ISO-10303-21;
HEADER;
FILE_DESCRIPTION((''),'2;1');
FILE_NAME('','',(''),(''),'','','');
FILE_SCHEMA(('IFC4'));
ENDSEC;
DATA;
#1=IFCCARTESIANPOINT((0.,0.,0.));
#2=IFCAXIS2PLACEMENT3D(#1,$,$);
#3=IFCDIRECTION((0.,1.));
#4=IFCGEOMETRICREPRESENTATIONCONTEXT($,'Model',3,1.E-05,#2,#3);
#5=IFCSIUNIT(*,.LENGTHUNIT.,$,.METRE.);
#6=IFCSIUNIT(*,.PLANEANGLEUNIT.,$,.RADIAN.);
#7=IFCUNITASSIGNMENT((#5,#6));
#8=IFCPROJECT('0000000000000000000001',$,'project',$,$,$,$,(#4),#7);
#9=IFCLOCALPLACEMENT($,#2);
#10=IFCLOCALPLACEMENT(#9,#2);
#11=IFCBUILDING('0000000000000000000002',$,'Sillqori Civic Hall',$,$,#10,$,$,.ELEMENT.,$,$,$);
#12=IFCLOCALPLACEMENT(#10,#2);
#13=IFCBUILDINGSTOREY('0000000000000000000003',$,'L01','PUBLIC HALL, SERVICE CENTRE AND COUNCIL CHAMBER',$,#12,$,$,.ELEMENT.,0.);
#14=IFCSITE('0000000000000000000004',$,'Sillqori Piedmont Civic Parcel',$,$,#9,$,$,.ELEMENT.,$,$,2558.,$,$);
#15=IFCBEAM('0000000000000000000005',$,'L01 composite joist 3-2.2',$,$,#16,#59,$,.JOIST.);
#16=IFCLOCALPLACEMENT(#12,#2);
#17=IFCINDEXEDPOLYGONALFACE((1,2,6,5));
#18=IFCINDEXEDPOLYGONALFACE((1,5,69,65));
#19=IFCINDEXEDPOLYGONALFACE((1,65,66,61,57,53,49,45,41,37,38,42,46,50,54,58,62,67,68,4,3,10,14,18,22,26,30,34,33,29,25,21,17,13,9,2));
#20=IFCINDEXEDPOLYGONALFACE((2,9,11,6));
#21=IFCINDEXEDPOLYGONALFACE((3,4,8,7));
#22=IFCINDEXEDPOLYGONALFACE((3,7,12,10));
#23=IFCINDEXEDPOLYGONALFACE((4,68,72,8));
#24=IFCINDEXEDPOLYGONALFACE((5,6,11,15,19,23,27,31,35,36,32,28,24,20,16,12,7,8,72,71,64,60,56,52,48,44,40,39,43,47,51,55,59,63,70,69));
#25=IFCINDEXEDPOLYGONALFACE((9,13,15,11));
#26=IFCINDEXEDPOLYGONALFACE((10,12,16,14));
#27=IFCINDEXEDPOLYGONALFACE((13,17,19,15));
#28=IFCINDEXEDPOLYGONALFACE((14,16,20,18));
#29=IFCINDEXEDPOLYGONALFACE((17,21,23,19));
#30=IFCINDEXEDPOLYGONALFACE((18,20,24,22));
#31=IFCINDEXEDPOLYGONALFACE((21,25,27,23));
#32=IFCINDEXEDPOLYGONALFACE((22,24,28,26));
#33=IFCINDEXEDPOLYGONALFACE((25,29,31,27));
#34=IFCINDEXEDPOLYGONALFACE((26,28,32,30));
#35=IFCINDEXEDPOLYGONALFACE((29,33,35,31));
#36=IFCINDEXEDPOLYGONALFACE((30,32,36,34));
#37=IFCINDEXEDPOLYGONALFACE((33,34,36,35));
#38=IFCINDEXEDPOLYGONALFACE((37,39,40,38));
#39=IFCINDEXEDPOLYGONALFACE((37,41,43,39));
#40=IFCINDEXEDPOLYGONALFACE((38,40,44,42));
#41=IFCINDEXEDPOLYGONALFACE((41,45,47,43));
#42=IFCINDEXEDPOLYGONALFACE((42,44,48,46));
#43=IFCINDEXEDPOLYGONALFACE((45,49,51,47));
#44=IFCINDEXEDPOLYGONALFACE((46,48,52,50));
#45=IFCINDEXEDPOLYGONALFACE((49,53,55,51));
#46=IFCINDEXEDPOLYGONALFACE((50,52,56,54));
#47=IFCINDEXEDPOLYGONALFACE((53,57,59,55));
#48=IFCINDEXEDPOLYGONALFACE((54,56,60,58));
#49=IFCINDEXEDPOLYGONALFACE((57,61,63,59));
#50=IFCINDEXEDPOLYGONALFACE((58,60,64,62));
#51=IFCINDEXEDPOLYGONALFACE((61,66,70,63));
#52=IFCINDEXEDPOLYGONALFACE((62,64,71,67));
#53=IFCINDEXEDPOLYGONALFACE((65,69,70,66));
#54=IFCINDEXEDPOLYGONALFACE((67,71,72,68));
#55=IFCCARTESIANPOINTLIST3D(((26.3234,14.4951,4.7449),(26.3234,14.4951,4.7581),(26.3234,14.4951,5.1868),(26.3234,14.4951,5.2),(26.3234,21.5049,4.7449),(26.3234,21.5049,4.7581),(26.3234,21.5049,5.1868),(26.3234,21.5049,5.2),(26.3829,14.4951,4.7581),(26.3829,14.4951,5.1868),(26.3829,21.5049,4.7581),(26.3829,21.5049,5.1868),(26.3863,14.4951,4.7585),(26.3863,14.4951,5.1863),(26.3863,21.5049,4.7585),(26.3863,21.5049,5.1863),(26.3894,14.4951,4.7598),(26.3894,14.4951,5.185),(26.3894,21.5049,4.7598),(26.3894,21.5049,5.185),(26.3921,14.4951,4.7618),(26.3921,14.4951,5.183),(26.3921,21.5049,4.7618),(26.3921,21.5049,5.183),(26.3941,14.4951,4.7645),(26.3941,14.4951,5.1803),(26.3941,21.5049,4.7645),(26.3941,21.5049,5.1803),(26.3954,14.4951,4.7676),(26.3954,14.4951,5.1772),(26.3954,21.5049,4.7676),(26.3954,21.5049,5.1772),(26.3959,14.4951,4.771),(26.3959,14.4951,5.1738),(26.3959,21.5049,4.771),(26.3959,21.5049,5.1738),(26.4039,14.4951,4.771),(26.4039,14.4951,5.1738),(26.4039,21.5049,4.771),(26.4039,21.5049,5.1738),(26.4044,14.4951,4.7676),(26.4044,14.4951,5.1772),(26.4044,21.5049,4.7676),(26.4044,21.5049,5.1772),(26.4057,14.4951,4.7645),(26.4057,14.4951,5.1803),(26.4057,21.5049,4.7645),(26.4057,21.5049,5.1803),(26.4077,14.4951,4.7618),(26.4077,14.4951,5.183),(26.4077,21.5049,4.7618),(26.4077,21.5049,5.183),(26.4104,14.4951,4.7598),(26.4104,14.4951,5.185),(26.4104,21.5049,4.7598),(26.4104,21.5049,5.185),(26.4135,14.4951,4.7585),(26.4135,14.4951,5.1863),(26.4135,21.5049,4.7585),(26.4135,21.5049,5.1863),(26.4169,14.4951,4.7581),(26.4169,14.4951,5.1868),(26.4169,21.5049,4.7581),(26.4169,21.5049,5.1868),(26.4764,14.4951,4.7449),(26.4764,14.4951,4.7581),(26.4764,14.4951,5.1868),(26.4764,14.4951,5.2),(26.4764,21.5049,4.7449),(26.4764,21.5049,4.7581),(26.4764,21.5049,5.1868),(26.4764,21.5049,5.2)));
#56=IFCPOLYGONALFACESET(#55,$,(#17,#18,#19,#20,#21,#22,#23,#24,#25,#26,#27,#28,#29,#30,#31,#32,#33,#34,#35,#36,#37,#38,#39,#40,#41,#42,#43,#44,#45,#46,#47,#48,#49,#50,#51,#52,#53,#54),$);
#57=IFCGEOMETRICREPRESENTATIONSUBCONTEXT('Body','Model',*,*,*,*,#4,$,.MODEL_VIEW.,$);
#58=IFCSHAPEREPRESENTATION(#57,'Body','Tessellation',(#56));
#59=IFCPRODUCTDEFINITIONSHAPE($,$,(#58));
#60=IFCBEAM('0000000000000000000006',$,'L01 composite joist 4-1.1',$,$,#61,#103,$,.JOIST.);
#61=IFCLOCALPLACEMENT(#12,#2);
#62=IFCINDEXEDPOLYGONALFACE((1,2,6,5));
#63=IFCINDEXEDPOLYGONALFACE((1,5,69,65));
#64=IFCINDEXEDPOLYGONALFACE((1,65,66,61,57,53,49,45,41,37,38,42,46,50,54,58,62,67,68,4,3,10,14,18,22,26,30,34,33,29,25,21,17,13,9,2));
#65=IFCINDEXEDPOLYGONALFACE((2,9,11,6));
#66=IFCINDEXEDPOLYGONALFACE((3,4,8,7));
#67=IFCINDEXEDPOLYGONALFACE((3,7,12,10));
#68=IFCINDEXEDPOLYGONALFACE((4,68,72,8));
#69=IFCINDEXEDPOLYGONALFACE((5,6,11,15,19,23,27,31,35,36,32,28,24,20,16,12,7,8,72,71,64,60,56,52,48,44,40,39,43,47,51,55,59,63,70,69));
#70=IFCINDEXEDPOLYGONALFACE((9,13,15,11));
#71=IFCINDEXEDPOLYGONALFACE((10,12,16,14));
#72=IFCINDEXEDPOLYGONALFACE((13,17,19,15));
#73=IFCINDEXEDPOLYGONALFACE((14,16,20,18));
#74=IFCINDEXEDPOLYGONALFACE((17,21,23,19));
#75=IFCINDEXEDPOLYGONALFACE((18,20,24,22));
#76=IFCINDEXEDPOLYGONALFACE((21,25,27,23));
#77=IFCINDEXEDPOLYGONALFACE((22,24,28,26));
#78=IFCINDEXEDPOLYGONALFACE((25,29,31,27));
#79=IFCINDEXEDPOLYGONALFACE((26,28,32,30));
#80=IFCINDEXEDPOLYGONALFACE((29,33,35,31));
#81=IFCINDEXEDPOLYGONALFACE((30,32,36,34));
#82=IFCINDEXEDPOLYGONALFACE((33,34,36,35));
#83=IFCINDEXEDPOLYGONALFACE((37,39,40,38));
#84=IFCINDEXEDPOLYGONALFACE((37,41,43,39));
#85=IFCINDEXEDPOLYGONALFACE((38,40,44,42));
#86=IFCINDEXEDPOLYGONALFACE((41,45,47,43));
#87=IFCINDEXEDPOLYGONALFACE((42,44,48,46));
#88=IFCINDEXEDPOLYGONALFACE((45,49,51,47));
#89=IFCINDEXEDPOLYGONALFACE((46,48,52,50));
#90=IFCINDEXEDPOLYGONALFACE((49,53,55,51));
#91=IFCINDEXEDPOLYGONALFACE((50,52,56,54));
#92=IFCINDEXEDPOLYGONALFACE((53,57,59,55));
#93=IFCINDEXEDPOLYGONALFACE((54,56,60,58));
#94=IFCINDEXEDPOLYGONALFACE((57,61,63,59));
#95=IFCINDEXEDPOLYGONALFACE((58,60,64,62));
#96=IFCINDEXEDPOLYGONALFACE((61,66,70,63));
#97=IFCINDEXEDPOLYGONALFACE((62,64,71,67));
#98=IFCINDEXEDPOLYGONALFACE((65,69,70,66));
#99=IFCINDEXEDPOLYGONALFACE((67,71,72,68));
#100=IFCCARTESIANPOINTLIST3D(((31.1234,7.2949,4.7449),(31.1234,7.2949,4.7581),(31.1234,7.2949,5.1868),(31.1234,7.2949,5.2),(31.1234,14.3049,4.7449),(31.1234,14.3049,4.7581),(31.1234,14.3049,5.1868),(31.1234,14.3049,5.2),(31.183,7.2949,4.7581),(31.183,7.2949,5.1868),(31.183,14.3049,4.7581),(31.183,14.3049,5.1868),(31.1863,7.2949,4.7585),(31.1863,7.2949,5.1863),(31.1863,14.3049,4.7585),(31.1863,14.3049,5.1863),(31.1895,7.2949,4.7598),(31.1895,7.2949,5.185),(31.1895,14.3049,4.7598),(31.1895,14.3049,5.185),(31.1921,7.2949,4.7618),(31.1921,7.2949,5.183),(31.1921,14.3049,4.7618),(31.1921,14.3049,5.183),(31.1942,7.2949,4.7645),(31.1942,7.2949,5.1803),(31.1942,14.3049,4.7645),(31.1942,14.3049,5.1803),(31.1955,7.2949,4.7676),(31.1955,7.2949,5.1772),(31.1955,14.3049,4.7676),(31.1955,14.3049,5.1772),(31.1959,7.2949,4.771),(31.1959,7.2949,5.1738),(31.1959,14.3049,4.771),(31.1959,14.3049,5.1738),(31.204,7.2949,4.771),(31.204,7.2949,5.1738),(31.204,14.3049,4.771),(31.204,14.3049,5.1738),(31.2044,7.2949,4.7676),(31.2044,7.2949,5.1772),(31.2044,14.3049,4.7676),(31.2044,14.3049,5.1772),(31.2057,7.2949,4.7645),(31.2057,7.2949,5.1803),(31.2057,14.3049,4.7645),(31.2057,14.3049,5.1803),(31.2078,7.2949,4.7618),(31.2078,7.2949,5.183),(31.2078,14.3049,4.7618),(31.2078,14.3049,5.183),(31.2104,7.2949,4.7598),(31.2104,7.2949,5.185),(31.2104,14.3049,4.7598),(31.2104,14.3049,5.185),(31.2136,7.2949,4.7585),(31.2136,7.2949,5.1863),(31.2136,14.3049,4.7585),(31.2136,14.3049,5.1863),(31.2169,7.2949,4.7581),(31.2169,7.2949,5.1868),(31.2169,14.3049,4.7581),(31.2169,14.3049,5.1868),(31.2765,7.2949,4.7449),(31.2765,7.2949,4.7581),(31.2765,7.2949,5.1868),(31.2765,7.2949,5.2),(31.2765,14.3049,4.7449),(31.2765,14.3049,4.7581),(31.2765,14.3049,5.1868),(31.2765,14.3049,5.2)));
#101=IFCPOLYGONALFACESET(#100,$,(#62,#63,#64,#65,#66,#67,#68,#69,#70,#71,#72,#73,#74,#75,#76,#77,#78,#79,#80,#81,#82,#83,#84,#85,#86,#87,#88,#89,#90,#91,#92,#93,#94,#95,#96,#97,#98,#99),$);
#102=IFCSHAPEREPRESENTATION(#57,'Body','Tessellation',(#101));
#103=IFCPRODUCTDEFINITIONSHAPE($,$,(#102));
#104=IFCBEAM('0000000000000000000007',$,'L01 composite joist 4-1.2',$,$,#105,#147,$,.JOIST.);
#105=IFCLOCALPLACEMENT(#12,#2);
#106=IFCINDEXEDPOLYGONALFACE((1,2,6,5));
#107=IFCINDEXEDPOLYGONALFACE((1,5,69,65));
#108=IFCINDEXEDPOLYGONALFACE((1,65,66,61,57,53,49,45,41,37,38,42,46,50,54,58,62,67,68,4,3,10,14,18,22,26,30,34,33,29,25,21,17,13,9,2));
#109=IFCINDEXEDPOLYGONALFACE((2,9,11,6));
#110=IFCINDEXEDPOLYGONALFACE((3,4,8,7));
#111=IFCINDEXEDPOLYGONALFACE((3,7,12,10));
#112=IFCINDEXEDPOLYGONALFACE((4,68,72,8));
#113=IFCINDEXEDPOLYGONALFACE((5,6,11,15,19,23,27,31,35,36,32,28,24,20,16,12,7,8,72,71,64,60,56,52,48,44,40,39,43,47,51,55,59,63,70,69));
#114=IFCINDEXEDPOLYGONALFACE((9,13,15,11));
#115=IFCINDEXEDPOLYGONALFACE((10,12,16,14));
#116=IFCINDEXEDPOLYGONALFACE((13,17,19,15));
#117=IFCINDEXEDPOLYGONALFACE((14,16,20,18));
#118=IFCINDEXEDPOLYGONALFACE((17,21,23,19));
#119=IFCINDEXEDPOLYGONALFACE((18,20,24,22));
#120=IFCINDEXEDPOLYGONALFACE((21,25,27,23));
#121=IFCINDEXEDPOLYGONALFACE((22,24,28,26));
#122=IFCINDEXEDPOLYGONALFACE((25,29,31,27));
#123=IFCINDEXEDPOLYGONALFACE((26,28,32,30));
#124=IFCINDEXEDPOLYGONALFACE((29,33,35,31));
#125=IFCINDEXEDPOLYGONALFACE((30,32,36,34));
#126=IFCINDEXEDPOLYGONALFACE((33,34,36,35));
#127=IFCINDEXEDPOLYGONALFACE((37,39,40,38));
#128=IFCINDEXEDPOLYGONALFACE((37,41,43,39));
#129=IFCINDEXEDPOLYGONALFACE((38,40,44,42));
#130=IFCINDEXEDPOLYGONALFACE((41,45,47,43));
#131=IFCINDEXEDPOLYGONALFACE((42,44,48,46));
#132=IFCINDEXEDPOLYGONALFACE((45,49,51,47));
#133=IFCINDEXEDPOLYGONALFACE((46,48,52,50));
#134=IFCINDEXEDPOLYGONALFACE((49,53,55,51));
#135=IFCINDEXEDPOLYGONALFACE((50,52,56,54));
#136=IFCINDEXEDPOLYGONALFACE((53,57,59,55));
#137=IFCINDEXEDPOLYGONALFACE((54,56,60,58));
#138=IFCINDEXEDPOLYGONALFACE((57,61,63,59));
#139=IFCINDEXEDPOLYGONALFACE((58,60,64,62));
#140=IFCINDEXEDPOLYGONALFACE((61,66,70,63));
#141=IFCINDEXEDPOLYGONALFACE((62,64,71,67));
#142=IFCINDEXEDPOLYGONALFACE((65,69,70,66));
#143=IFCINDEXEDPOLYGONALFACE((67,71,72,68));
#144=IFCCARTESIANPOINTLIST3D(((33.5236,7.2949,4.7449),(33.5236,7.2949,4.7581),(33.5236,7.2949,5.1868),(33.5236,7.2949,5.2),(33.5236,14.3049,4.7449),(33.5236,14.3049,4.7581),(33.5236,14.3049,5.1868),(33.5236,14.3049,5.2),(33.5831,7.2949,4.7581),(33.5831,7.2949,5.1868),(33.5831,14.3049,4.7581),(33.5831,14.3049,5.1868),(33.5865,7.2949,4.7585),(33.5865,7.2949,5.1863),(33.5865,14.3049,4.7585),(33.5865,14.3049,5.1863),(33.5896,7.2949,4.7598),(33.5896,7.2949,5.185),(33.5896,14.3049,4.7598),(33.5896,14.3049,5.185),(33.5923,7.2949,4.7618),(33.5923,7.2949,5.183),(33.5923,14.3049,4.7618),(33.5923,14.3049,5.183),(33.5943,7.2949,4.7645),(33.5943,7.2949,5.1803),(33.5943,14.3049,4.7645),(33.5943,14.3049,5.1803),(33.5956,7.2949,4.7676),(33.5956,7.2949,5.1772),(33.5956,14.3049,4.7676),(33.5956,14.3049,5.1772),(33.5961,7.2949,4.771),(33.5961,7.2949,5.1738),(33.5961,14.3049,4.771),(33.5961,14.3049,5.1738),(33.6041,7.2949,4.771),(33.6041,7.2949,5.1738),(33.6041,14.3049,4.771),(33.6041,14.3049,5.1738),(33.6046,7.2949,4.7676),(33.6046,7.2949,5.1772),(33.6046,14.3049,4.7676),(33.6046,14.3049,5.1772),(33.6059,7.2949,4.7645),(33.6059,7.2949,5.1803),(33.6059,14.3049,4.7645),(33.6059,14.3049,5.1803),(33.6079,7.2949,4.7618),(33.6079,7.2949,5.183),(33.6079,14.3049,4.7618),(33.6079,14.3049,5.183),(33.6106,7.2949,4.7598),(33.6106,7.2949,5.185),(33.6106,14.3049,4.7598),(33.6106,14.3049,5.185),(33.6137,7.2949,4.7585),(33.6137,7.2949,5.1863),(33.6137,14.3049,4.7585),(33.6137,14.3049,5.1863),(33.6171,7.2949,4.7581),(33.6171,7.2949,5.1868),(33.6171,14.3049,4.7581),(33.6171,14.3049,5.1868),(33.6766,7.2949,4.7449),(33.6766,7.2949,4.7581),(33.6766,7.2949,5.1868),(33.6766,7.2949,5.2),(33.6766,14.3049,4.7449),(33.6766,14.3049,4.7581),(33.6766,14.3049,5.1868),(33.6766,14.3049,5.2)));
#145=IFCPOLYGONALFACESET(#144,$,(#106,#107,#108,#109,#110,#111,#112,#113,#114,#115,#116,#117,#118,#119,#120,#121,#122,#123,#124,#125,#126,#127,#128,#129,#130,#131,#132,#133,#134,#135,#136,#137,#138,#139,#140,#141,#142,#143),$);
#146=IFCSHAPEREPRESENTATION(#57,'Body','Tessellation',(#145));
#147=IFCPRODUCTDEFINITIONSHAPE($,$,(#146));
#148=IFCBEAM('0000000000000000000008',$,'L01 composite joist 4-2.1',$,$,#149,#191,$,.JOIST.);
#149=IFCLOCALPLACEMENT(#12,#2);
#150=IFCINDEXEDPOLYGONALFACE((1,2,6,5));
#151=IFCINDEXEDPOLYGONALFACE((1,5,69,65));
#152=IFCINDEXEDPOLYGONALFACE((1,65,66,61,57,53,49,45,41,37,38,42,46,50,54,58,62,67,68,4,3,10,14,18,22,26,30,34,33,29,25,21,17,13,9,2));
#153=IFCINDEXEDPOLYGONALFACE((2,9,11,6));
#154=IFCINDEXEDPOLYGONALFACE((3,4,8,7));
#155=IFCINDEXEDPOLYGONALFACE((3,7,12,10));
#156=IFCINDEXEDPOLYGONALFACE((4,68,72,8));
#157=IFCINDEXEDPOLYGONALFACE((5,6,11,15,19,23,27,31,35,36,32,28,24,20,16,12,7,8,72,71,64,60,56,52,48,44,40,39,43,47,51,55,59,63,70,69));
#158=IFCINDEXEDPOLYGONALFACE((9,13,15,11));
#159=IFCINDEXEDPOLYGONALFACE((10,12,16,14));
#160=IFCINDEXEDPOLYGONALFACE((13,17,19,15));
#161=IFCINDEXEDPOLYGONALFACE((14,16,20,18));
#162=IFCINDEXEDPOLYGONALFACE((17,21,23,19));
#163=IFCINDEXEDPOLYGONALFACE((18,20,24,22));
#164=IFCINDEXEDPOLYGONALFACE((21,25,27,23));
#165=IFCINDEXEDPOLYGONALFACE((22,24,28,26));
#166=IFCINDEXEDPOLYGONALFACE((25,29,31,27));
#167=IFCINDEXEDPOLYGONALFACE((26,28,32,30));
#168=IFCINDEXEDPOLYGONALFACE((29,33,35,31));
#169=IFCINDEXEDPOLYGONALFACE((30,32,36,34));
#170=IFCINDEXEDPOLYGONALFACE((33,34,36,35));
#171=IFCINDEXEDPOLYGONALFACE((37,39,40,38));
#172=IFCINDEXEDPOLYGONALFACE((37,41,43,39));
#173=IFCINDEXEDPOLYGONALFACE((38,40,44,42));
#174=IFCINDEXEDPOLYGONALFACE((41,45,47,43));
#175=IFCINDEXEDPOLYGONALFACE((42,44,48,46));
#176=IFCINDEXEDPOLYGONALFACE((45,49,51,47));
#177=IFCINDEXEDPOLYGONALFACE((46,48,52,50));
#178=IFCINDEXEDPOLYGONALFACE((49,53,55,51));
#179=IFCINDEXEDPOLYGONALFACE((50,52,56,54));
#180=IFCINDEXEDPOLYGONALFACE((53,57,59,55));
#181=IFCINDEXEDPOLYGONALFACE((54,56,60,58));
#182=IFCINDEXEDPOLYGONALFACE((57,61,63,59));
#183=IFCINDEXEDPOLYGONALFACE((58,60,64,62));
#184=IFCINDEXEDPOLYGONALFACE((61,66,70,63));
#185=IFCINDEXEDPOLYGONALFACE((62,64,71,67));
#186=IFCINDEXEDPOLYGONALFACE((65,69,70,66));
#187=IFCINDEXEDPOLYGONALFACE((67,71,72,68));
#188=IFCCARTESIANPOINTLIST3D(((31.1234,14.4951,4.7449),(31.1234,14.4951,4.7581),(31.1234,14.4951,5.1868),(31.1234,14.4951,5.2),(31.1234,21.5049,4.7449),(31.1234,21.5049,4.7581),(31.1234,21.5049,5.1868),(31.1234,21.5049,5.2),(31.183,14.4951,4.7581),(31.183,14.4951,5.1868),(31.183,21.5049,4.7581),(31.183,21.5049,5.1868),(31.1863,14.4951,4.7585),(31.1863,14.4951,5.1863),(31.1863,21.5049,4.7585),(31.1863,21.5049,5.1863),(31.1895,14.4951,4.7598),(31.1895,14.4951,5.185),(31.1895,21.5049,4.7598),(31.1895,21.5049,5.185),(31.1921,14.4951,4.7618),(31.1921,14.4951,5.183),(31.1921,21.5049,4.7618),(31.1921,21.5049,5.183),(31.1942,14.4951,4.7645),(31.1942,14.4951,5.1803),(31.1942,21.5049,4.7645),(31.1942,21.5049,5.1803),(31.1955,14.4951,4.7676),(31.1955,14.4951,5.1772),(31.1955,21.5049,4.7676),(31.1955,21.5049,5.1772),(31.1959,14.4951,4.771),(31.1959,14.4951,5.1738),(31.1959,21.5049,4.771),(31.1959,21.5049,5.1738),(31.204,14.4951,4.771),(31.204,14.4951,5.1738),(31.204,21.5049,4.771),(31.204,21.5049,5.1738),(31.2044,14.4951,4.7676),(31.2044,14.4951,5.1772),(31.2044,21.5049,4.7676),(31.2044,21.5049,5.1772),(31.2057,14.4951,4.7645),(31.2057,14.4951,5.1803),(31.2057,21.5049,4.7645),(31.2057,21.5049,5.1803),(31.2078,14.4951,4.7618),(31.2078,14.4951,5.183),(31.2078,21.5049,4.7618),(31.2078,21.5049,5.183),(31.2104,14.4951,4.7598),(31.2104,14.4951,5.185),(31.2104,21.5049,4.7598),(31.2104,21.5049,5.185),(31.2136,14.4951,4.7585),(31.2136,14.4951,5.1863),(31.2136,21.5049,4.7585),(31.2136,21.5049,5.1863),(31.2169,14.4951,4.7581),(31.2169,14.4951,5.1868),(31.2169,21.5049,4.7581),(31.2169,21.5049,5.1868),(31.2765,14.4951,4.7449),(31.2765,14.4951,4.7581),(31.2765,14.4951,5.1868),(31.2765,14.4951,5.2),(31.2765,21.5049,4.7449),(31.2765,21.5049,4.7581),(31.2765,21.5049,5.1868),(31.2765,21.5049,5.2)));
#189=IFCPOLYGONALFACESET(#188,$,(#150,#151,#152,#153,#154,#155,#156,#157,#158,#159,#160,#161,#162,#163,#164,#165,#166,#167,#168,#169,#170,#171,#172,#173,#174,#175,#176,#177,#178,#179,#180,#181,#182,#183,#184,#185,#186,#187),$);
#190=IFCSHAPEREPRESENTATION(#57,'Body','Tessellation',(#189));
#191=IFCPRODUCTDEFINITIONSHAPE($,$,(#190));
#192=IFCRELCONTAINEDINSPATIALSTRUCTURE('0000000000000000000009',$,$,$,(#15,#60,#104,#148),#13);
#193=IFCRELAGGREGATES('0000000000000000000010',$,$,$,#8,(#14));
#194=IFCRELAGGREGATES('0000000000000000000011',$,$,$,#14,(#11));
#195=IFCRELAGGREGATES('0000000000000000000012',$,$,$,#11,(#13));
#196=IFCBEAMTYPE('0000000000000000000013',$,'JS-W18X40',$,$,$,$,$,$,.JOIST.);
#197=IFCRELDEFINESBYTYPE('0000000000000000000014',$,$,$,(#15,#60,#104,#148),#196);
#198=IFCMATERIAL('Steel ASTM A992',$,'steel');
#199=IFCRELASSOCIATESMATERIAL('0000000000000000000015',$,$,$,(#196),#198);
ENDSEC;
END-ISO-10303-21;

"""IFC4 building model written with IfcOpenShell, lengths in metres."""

from ifc_helpers import new_model, si_unit, direction, frame, origin, origin_2d, place, context, subcontext, project, spatial, i_section, extrude, material, material_profile, profile_set, type_object, element, save


model = new_model("IFC4")

# Units and contexts
model_context = context("Model", 3, precision=1e-05, world=origin(), true_north=direction((0.0, 1.0)))
body_context = subcontext(model_context, "Body", "Model", "MODEL_VIEW")
ifc_project = project(units=[si_unit("LENGTHUNIT", "METRE"), si_unit("PLANEANGLEUNIT", "RADIAN")], contexts=[model_context])

# Site, building, storey
site_placement = place(None, origin())
site = spatial("IfcSite", under=ifc_project, at=site_placement, Name="Sillqori Piedmont Civic Parcel", CompositionType="ELEMENT", RefElevation=2558.0)
building_placement = place(site_placement, origin())
building = spatial("IfcBuilding", under=site, at=building_placement, Name="Sillqori Civic Hall", CompositionType="ELEMENT")
storey_placement = place(building_placement, origin())
storey = spatial("IfcBuildingStorey", under=building, at=storey_placement, Name="L01", Description="PUBLIC HALL, SERVICE CENTRE AND COUNCIL CHAMBER", CompositionType="ELEMENT", Elevation=0.0)

# Shared definitions
ifc_material_1 = material(Name="Steel ASTM A992", Category="steel")

# Beams
ifc_material_profile_1 = material_profile(ifc_material_1, i_section(OverallWidth=0.1531, OverallDepth=0.4551, WebThickness=0.0081, FlangeThickness=0.0132, FilletRadius=0.0129, at=origin_2d()), Name="W18X40")
ifc_profile_set_1 = profile_set([ifc_material_profile_1], Name="Steel ASTM A992")
beam_type_1 = type_object("IfcBeamType", Name="JS-W18X40", PredefinedType="JOIST", material=ifc_profile_set_1)
for number, where, z_axis, x_axis, name in (
    (1, (26.3999, 14.4951, 4.9724), (0.0, 1.0, 0.0), (-1.0, 0.0, 0.0), "L01 composite joist 3-2.2"),
):
    element("IfcBeam", number, at=place(storey_placement, frame(where, z_axis=z_axis, x_axis=x_axis)), inside=storey, type_object=beam_type_1, Name=name, PredefinedType="JOIST", context=body_context, shape_type="SweptSolid", body=[
        extrude(i_section(OverallWidth=0.1531, OverallDepth=0.4551, WebThickness=0.0081, FlangeThickness=0.0132, FilletRadius=0.0129, at=origin_2d()), origin(), (0.0, 0.0, 1.0), 7.0098),
    ])
for number, where, z_axis, x_axis, name in (
    (2, (31.2, 7.2949, 4.9724), (0.0, 1.0, 0.0), (-1.0, 0.0, 0.0), "L01 composite joist 4-1.1"),
    (3, (33.6001, 7.2949, 4.9724), (0.0, 1.0, 0.0), (-1.0, 0.0, 0.0), "L01 composite joist 4-1.2"),
):
    element("IfcBeam", number, at=place(storey_placement, frame(where, z_axis=z_axis, x_axis=x_axis)), inside=storey, type_object=beam_type_1, Name=name, PredefinedType="JOIST", context=body_context, shape_type="SweptSolid", body=[
        extrude(i_section(OverallWidth=0.1531, OverallDepth=0.4551, WebThickness=0.0081, FlangeThickness=0.0132, FilletRadius=0.0129, at=origin_2d()), origin(), (0.0, 0.0, 1.0), 7.01),
    ])
for number, where, z_axis, x_axis, name in (
    (4, (31.2, 14.4951, 4.9724), (0.0, 1.0, 0.0), (-1.0, 0.0, 0.0), "L01 composite joist 4-2.1"),
):
    element("IfcBeam", number, at=place(storey_placement, frame(where, z_axis=z_axis, x_axis=x_axis)), inside=storey, type_object=beam_type_1, Name=name, PredefinedType="JOIST", context=body_context, shape_type="SweptSolid", body=[
        extrude(i_section(OverallWidth=0.1531, OverallDepth=0.4551, WebThickness=0.0081, FlangeThickness=0.0132, FilletRadius=0.0129, at=origin_2d()), origin(), (0.0, 0.0, 1.0), 7.0098),
    ])

save(model, "model.ifc")
